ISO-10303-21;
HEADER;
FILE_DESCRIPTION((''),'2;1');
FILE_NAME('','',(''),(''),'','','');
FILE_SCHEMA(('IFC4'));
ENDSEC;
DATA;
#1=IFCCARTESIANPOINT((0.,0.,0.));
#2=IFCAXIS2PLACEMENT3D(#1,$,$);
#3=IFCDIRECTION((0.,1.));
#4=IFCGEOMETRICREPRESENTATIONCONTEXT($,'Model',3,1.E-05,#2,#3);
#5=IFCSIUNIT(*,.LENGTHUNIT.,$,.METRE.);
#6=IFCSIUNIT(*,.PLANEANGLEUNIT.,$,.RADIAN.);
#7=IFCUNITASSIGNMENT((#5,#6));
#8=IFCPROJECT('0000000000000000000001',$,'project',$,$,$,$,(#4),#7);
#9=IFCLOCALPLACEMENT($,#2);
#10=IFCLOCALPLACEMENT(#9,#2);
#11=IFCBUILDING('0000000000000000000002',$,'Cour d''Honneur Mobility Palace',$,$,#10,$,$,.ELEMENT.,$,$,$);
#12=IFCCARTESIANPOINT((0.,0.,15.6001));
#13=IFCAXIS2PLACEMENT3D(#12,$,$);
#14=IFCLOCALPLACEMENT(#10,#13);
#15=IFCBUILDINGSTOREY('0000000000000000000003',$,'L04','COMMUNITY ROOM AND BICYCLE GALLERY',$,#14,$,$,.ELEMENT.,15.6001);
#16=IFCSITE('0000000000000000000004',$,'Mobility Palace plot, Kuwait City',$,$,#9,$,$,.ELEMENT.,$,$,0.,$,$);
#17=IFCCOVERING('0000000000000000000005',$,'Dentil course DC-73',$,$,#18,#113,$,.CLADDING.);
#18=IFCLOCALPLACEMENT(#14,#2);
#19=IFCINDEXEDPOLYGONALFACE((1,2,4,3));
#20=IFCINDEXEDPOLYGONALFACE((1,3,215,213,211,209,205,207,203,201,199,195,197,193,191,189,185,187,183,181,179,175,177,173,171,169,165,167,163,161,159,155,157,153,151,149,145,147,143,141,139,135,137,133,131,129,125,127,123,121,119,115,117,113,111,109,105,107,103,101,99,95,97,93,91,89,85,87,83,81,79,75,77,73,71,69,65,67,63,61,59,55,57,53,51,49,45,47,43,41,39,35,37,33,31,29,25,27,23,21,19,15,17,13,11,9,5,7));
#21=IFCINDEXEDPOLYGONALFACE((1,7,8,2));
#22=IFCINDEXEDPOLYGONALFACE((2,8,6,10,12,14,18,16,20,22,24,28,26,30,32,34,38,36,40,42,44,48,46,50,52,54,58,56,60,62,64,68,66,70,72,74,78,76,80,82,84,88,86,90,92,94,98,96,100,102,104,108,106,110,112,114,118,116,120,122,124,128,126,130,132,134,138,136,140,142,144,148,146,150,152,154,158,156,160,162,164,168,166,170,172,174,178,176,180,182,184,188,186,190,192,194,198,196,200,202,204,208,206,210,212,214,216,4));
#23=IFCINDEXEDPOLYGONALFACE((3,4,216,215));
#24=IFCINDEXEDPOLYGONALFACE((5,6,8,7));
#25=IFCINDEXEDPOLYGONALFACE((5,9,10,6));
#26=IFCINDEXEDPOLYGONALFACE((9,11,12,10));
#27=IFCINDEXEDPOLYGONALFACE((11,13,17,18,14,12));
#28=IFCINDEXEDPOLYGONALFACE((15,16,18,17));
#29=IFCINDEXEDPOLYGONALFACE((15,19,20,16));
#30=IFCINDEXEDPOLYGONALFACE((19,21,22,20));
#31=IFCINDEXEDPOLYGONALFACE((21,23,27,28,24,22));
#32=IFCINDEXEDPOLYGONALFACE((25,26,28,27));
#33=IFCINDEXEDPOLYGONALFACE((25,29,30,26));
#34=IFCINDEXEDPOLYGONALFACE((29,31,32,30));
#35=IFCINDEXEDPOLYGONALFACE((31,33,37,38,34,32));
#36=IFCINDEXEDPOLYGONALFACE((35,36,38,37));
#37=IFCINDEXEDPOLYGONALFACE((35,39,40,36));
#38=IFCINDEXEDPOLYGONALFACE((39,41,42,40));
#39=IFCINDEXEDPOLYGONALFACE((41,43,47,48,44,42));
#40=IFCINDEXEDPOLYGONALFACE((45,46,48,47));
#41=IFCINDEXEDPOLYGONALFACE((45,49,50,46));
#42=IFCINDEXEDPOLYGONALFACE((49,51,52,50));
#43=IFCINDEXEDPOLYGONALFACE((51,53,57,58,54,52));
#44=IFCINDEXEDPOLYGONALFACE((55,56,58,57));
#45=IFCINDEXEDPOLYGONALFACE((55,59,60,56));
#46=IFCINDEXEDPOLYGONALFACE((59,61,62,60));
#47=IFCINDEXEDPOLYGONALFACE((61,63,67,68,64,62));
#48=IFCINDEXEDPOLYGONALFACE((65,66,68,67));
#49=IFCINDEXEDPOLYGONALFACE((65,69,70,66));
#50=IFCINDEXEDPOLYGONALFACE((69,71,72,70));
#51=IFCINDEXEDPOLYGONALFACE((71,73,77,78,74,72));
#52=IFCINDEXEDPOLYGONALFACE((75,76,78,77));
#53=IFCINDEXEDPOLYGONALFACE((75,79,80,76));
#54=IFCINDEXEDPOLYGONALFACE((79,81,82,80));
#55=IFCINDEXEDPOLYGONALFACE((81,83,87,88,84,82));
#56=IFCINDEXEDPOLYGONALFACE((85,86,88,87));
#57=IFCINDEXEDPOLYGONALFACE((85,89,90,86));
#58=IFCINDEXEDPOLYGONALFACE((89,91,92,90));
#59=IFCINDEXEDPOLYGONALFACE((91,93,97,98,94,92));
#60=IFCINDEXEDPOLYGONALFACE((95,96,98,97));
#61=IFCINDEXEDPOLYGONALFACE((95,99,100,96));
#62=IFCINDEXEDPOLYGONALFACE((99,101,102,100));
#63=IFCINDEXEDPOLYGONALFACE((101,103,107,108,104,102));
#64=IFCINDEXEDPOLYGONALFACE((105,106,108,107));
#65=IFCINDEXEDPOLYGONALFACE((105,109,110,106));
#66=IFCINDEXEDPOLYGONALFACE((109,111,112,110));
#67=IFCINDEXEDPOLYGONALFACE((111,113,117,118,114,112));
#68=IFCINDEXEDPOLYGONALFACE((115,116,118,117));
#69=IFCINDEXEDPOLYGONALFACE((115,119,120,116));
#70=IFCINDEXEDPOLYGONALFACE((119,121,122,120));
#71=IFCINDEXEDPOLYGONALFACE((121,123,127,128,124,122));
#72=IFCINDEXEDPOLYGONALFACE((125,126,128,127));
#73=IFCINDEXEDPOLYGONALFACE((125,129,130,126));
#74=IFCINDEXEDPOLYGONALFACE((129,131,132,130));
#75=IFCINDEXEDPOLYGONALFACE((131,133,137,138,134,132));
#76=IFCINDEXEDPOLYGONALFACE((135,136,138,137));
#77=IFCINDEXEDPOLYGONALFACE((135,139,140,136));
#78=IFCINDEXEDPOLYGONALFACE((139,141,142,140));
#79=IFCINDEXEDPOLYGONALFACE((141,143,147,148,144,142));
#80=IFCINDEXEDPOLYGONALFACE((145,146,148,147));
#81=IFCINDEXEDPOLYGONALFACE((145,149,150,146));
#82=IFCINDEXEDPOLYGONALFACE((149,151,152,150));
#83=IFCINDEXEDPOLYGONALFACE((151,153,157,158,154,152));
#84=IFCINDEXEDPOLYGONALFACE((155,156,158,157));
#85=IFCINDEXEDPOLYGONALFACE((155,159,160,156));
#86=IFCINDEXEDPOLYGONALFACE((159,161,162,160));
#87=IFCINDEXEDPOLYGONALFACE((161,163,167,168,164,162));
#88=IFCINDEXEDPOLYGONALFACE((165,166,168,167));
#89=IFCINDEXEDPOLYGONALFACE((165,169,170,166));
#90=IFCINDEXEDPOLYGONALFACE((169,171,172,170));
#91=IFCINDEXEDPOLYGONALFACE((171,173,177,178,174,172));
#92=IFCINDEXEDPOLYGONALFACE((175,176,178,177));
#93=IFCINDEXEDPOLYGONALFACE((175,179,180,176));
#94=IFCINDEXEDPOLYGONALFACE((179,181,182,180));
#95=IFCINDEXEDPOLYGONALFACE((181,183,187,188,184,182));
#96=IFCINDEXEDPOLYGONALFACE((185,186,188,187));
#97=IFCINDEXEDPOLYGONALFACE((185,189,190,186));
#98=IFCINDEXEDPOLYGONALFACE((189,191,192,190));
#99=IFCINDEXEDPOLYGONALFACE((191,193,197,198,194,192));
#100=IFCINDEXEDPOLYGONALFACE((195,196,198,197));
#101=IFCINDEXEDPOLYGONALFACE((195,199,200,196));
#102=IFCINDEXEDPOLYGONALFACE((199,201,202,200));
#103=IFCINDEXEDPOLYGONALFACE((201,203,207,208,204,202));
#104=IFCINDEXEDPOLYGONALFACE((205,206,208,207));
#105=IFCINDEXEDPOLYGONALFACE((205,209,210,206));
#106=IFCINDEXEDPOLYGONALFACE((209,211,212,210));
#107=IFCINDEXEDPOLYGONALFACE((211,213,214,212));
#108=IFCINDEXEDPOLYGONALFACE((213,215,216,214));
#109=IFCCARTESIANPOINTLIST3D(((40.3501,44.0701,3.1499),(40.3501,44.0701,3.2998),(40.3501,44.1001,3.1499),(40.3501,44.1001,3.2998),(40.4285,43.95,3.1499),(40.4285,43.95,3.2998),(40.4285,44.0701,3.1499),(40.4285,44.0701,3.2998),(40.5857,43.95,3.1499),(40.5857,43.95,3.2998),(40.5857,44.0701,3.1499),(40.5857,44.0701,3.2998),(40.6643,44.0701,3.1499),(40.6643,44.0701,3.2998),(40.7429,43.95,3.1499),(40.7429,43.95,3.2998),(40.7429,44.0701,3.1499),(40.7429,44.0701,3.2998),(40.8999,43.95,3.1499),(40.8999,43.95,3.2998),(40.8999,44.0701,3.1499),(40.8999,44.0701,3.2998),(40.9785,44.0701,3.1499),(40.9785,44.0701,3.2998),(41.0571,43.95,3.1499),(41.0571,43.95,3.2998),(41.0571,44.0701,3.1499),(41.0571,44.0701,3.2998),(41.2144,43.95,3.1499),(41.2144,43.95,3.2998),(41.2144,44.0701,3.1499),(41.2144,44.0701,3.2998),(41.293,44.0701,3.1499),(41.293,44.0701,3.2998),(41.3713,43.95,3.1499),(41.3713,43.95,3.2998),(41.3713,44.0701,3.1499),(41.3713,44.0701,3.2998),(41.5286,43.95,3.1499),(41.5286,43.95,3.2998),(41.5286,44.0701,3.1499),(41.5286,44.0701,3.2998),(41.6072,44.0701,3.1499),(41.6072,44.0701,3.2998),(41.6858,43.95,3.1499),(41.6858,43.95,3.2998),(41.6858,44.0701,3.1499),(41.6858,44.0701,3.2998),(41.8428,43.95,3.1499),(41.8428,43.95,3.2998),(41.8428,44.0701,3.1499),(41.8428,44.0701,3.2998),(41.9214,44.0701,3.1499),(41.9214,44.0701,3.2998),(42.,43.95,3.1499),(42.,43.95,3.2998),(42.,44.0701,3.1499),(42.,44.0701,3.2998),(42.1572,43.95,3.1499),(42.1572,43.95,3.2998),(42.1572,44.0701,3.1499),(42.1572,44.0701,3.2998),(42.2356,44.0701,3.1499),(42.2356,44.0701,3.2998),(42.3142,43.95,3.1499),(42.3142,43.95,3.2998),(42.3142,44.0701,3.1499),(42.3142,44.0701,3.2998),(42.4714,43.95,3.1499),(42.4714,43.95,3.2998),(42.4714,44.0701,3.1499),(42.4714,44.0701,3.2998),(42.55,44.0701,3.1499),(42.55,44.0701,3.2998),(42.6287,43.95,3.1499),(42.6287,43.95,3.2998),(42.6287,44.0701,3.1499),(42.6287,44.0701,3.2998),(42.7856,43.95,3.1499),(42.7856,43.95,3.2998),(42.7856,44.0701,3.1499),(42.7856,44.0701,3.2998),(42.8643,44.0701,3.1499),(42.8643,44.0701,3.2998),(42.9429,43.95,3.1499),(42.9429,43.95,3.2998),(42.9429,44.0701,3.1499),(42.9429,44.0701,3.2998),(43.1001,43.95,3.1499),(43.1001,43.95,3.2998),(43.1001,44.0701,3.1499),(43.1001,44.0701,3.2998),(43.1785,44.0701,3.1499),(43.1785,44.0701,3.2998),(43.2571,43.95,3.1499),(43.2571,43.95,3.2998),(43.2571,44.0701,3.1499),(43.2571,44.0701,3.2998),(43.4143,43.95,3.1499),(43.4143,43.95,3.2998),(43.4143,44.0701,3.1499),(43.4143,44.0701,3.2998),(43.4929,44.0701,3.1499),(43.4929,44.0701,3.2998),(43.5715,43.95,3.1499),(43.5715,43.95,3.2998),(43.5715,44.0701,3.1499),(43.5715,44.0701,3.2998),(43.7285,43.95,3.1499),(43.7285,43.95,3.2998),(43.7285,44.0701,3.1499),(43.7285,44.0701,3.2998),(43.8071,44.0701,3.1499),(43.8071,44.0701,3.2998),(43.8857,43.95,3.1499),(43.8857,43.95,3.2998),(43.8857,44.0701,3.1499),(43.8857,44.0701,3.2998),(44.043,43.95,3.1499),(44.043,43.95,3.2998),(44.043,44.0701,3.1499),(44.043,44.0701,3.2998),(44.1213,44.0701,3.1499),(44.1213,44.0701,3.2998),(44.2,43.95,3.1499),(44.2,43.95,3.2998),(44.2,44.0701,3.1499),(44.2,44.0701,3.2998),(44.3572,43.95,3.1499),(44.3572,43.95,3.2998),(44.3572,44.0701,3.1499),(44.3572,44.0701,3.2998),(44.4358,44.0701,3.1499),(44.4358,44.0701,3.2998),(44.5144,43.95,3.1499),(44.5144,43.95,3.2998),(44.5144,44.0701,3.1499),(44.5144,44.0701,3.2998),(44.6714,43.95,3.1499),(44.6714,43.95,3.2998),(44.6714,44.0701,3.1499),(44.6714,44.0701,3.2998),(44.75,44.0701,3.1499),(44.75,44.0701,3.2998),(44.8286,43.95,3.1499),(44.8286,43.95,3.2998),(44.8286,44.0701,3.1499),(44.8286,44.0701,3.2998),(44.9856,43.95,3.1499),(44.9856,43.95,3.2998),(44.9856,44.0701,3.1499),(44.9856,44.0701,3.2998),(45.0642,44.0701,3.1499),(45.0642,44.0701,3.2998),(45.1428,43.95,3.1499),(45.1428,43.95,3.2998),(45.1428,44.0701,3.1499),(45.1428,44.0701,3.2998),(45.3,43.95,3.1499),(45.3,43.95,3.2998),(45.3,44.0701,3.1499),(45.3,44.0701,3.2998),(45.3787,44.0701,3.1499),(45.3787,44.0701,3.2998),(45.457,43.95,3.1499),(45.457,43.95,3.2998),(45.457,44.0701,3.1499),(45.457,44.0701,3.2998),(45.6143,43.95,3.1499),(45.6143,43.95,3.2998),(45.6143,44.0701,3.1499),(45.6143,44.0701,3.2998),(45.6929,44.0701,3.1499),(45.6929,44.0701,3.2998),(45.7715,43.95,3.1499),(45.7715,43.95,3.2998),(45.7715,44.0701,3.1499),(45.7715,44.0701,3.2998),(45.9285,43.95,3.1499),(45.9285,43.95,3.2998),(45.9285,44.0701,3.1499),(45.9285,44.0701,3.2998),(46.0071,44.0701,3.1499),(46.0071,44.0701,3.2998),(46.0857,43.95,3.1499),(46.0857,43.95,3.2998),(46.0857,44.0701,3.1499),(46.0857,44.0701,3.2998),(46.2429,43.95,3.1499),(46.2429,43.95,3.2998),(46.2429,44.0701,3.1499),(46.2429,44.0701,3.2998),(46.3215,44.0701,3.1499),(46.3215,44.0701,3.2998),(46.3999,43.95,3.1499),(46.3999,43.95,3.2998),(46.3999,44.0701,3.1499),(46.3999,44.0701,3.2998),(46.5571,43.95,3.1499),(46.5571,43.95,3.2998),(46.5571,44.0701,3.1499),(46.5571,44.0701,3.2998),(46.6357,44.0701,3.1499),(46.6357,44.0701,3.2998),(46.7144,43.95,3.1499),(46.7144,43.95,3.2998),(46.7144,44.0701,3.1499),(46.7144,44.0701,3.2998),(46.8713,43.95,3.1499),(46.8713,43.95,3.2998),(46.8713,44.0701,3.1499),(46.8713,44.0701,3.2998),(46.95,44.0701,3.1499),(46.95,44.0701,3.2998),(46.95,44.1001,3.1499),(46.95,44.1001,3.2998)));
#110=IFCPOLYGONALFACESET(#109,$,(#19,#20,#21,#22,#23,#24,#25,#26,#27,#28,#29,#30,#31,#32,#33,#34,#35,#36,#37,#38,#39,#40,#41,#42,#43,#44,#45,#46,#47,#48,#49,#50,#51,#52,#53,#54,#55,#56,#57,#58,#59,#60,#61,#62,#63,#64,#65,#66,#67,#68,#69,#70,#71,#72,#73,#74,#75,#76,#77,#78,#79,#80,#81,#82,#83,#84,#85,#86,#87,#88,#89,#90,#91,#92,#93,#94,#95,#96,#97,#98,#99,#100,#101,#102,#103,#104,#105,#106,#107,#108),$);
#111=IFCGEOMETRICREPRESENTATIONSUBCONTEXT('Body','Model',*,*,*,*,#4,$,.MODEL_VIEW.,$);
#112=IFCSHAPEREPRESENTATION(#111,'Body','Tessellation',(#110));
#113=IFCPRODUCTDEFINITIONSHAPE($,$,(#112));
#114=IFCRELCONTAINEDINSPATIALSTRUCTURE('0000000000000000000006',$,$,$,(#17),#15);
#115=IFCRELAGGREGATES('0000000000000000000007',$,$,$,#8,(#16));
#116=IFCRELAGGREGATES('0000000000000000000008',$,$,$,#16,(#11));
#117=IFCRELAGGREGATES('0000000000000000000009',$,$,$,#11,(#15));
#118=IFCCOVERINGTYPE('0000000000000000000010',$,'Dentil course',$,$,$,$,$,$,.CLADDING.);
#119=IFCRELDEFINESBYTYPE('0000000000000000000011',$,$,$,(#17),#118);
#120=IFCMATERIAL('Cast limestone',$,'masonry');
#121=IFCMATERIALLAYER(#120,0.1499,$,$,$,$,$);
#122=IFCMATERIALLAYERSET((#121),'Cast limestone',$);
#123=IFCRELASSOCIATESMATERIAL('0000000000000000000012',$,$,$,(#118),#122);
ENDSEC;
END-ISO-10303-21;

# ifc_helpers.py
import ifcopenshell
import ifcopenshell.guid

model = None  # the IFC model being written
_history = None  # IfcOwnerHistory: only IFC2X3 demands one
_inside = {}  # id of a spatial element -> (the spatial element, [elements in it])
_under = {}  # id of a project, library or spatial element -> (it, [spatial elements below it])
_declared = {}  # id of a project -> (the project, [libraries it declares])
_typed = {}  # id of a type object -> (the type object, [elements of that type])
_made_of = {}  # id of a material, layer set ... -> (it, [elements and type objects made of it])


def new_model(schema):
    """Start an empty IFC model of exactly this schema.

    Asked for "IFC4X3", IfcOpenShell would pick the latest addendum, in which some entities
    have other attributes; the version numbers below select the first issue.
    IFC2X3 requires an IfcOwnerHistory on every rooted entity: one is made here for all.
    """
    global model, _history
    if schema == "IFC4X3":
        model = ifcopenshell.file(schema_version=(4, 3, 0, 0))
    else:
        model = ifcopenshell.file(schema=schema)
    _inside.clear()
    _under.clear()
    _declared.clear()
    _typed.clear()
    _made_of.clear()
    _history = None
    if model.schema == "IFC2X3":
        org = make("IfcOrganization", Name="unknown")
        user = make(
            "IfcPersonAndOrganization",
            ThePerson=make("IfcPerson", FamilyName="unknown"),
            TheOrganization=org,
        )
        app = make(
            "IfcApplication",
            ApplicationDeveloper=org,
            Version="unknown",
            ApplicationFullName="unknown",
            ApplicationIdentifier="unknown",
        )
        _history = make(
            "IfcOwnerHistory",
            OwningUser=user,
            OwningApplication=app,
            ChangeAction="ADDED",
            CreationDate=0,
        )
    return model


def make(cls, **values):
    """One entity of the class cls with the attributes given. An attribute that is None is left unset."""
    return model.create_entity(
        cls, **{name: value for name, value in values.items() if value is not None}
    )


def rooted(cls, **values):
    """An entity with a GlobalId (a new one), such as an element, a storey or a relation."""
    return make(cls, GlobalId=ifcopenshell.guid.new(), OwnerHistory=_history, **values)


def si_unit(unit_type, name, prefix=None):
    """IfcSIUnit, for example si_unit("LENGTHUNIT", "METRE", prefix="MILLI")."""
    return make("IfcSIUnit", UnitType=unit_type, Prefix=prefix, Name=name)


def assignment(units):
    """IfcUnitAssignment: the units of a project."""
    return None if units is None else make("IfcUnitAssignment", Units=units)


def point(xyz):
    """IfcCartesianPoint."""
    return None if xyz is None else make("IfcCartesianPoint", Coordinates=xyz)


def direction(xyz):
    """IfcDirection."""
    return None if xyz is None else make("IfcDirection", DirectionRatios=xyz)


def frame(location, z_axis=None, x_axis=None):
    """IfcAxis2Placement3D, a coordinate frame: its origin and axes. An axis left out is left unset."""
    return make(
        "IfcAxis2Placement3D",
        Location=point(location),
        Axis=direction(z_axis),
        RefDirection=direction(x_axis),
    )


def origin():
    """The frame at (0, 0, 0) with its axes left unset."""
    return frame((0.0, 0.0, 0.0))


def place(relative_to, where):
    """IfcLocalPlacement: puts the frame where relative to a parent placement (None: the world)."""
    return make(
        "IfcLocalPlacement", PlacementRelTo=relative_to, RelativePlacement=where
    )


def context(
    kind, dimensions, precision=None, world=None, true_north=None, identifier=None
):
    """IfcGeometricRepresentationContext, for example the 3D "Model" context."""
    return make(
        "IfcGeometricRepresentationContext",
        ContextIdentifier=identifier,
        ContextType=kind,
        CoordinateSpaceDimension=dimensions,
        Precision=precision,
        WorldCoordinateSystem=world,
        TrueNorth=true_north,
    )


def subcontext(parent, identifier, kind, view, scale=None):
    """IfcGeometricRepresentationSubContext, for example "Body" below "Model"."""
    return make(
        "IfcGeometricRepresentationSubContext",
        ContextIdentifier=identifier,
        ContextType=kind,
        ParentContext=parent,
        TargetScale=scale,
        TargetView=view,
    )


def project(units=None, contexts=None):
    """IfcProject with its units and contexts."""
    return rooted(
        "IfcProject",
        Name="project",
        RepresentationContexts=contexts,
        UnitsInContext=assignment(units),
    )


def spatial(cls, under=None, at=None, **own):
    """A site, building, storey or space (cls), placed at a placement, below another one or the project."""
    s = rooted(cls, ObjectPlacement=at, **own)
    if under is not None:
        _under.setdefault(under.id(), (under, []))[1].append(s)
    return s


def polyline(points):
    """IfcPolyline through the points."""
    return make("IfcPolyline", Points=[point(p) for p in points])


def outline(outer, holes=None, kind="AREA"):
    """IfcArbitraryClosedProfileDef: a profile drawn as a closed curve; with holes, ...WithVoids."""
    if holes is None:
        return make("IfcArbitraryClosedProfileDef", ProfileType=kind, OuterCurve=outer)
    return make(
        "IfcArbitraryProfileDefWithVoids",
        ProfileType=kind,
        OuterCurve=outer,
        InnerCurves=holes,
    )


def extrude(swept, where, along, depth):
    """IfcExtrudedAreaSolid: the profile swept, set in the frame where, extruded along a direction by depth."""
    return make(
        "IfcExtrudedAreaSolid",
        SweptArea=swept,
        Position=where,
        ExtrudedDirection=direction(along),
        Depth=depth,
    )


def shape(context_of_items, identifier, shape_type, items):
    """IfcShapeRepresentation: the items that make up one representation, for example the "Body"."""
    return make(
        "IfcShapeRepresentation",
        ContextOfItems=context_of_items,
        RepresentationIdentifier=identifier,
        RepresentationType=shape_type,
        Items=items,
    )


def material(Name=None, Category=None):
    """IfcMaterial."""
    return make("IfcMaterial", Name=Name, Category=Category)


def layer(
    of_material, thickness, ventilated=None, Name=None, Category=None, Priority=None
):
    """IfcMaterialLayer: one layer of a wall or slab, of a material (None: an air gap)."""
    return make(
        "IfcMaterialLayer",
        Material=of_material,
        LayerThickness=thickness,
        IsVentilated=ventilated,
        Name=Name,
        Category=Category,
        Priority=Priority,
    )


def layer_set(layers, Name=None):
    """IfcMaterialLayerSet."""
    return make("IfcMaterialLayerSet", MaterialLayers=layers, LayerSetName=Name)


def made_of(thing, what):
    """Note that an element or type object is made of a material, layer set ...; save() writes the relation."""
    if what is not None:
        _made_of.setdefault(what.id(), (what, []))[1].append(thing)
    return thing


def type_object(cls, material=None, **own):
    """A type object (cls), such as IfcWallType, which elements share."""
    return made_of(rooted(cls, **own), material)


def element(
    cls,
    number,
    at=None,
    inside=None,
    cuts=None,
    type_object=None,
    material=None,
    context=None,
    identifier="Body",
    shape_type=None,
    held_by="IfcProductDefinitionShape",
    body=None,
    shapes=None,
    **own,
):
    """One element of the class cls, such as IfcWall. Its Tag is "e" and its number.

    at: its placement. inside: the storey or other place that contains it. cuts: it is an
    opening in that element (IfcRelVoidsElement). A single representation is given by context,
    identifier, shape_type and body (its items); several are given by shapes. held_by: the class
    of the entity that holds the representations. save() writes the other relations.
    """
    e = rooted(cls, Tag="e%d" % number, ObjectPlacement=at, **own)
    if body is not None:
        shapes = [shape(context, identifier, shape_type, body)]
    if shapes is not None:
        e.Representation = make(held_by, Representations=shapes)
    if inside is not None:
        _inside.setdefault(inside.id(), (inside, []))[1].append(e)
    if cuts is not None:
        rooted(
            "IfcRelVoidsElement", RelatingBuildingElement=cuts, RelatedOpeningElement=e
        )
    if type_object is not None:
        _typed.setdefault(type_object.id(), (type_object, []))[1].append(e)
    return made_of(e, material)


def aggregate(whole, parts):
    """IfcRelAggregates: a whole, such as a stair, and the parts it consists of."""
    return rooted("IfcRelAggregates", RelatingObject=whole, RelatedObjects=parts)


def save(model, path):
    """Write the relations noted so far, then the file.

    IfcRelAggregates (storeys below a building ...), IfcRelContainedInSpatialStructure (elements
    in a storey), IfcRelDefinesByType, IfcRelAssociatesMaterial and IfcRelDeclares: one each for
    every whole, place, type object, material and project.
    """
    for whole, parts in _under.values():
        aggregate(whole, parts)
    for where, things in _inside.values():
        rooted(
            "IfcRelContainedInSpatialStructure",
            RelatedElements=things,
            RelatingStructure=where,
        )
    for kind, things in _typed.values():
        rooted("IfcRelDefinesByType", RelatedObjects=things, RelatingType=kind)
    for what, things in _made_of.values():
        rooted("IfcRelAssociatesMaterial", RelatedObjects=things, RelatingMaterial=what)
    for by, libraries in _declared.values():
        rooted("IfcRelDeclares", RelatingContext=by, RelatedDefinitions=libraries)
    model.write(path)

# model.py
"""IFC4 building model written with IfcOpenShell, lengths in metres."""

from ifc_helpers import new_model, si_unit, direction, frame, origin, place, context, subcontext, project, spatial, polyline, outline, extrude, material, layer, layer_set, type_object, element, save


model = new_model("IFC4")

# Units and contexts
model_context = context("Model", 3, precision=1e-05, world=origin(), true_north=direction((0.0, 1.0)))
body_context = subcontext(model_context, "Body", "Model", "MODEL_VIEW")
ifc_project = project(units=[si_unit("LENGTHUNIT", "METRE"), si_unit("PLANEANGLEUNIT", "RADIAN")], contexts=[model_context])

# Site, building, storey
site_placement = place(None, origin())
site = spatial("IfcSite", under=ifc_project, at=site_placement, Name="Mobility Palace plot, Kuwait City", CompositionType="ELEMENT", RefElevation=0.0)
building_placement = place(site_placement, origin())
building = spatial("IfcBuilding", under=site, at=building_placement, Name="Cour d'Honneur Mobility Palace", CompositionType="ELEMENT")
storey_placement = place(building_placement, frame((0.0, 0.0, 15.6001)))
storey = spatial("IfcBuildingStorey", under=building, at=storey_placement, Name="L04", Description="COMMUNITY ROOM AND BICYCLE GALLERY", CompositionType="ELEMENT", Elevation=15.6001)

# Covering
ifc_material_1 = material(Name="Cast limestone", Category="masonry")
ifc_layer_1 = layer(ifc_material_1, 0.1499)
ifc_layer_set_1 = layer_set([ifc_layer_1], Name="Cast limestone")
covering_type_1 = type_object("IfcCoveringType", Name="Dentil course", PredefinedType="CLADDING", material=ifc_layer_set_1)
covering_1_placement = place(storey_placement, frame((0.0, 0.0, 3.1499)))
element("IfcCovering", 1, at=covering_1_placement, inside=storey, type_object=covering_type_1, Name="Dentil course DC-73", PredefinedType="CLADDING", context=body_context, shape_type="SweptSolid", body=[
    extrude(outline(polyline([(40.3501, 44.1001), (46.95, 44.1001), (46.95, 44.0701), (46.95, 44.0701), (46.8713, 44.0701), (46.8713, 43.95), (46.7144, 43.95), (46.7144, 44.0701), (46.6357, 44.0701), (46.6357, 44.0701), (46.5571, 44.0701), (46.5571, 43.95), (46.3999, 43.95), (46.3999, 44.0701), (46.3215, 44.0701), (46.3215, 44.0701), (46.2429, 44.0701), (46.2429, 43.95), (46.0857, 43.95), (46.0857, 44.0701), (46.0071, 44.0701), (46.0071, 44.0701), (45.9285, 44.0701), (45.9285, 43.95), (45.7715, 43.95), (45.7715, 44.0701), (45.6929, 44.0701), (45.6929, 44.0701), (45.6143, 44.0701), (45.6143, 43.95), (45.457, 43.95), (45.457, 44.0701), (45.3787, 44.0701), (45.3787, 44.0701), (45.3, 44.0701), (45.3, 43.95), (45.1428, 43.95), (45.1428, 44.0701), (45.0642, 44.0701), (45.0642, 44.0701), (44.9856, 44.0701), (44.9856, 43.95), (44.8286, 43.95), (44.8286, 44.0701), (44.75, 44.0701), (44.75, 44.0701), (44.6714, 44.0701), (44.6714, 43.95), (44.5144, 43.95), (44.5144, 44.0701), (44.4358, 44.0701), (44.4358, 44.0701), (44.3572, 44.0701), (44.3572, 43.95), (44.2, 43.95), (44.2, 44.0701), (44.1213, 44.0701), (44.1213, 44.0701), (44.043, 44.0701), (44.043, 43.95), (43.8857, 43.95), (43.8857, 44.0701), (43.8071, 44.0701), (43.8071, 44.0701), (43.7285, 44.0701), (43.7285, 43.95), (43.5715, 43.95), (43.5715, 44.0701), (43.4929, 44.0701), (43.4929, 44.0701), (43.4143, 44.0701), (43.4143, 43.95), (43.2571, 43.95), (43.2571, 44.0701), (43.1785, 44.0701), (43.1785, 44.0701), (43.1001, 44.0701), (43.1001, 43.95), (42.9429, 43.95), (42.9429, 44.0701), (42.8643, 44.0701), (42.8643, 44.0701), (42.7856, 44.0701), (42.7856, 43.95), (42.6287, 43.95), (42.6287, 44.0701), (42.55, 44.0701), (42.55, 44.0701), (42.4714, 44.0701), (42.4714, 43.95), (42.3142, 43.95), (42.3142, 44.0701), (42.2356, 44.0701), (42.2356, 44.0701), (42.1572, 44.0701), (42.1572, 43.95), (42.0, 43.95), (42.0, 44.0701), (41.9214, 44.0701), (41.9214, 44.0701), (41.8428, 44.0701), (41.8428, 43.95), (41.6858, 43.95), (41.6858, 44.0701), (41.6072, 44.0701), (41.6072, 44.0701), (41.5286, 44.0701), (41.5286, 43.95), (41.3713, 43.95), (41.3713, 44.0701), (41.293, 44.0701), (41.293, 44.0701), (41.2144, 44.0701), (41.2144, 43.95), (41.0571, 43.95), (41.0571, 44.0701), (40.9785, 44.0701), (40.9785, 44.0701), (40.8999, 44.0701), (40.8999, 43.95), (40.7429, 43.95), (40.7429, 44.0701), (40.6643, 44.0701), (40.6643, 44.0701), (40.5857, 44.0701), (40.5857, 43.95), (40.4285, 43.95), (40.4285, 44.0701), (40.3501, 44.0701), (40.3501, 44.1001)])), origin(), (0.0, 0.0, 1.0), 0.1499),
])

save(model, "model.ifc")
